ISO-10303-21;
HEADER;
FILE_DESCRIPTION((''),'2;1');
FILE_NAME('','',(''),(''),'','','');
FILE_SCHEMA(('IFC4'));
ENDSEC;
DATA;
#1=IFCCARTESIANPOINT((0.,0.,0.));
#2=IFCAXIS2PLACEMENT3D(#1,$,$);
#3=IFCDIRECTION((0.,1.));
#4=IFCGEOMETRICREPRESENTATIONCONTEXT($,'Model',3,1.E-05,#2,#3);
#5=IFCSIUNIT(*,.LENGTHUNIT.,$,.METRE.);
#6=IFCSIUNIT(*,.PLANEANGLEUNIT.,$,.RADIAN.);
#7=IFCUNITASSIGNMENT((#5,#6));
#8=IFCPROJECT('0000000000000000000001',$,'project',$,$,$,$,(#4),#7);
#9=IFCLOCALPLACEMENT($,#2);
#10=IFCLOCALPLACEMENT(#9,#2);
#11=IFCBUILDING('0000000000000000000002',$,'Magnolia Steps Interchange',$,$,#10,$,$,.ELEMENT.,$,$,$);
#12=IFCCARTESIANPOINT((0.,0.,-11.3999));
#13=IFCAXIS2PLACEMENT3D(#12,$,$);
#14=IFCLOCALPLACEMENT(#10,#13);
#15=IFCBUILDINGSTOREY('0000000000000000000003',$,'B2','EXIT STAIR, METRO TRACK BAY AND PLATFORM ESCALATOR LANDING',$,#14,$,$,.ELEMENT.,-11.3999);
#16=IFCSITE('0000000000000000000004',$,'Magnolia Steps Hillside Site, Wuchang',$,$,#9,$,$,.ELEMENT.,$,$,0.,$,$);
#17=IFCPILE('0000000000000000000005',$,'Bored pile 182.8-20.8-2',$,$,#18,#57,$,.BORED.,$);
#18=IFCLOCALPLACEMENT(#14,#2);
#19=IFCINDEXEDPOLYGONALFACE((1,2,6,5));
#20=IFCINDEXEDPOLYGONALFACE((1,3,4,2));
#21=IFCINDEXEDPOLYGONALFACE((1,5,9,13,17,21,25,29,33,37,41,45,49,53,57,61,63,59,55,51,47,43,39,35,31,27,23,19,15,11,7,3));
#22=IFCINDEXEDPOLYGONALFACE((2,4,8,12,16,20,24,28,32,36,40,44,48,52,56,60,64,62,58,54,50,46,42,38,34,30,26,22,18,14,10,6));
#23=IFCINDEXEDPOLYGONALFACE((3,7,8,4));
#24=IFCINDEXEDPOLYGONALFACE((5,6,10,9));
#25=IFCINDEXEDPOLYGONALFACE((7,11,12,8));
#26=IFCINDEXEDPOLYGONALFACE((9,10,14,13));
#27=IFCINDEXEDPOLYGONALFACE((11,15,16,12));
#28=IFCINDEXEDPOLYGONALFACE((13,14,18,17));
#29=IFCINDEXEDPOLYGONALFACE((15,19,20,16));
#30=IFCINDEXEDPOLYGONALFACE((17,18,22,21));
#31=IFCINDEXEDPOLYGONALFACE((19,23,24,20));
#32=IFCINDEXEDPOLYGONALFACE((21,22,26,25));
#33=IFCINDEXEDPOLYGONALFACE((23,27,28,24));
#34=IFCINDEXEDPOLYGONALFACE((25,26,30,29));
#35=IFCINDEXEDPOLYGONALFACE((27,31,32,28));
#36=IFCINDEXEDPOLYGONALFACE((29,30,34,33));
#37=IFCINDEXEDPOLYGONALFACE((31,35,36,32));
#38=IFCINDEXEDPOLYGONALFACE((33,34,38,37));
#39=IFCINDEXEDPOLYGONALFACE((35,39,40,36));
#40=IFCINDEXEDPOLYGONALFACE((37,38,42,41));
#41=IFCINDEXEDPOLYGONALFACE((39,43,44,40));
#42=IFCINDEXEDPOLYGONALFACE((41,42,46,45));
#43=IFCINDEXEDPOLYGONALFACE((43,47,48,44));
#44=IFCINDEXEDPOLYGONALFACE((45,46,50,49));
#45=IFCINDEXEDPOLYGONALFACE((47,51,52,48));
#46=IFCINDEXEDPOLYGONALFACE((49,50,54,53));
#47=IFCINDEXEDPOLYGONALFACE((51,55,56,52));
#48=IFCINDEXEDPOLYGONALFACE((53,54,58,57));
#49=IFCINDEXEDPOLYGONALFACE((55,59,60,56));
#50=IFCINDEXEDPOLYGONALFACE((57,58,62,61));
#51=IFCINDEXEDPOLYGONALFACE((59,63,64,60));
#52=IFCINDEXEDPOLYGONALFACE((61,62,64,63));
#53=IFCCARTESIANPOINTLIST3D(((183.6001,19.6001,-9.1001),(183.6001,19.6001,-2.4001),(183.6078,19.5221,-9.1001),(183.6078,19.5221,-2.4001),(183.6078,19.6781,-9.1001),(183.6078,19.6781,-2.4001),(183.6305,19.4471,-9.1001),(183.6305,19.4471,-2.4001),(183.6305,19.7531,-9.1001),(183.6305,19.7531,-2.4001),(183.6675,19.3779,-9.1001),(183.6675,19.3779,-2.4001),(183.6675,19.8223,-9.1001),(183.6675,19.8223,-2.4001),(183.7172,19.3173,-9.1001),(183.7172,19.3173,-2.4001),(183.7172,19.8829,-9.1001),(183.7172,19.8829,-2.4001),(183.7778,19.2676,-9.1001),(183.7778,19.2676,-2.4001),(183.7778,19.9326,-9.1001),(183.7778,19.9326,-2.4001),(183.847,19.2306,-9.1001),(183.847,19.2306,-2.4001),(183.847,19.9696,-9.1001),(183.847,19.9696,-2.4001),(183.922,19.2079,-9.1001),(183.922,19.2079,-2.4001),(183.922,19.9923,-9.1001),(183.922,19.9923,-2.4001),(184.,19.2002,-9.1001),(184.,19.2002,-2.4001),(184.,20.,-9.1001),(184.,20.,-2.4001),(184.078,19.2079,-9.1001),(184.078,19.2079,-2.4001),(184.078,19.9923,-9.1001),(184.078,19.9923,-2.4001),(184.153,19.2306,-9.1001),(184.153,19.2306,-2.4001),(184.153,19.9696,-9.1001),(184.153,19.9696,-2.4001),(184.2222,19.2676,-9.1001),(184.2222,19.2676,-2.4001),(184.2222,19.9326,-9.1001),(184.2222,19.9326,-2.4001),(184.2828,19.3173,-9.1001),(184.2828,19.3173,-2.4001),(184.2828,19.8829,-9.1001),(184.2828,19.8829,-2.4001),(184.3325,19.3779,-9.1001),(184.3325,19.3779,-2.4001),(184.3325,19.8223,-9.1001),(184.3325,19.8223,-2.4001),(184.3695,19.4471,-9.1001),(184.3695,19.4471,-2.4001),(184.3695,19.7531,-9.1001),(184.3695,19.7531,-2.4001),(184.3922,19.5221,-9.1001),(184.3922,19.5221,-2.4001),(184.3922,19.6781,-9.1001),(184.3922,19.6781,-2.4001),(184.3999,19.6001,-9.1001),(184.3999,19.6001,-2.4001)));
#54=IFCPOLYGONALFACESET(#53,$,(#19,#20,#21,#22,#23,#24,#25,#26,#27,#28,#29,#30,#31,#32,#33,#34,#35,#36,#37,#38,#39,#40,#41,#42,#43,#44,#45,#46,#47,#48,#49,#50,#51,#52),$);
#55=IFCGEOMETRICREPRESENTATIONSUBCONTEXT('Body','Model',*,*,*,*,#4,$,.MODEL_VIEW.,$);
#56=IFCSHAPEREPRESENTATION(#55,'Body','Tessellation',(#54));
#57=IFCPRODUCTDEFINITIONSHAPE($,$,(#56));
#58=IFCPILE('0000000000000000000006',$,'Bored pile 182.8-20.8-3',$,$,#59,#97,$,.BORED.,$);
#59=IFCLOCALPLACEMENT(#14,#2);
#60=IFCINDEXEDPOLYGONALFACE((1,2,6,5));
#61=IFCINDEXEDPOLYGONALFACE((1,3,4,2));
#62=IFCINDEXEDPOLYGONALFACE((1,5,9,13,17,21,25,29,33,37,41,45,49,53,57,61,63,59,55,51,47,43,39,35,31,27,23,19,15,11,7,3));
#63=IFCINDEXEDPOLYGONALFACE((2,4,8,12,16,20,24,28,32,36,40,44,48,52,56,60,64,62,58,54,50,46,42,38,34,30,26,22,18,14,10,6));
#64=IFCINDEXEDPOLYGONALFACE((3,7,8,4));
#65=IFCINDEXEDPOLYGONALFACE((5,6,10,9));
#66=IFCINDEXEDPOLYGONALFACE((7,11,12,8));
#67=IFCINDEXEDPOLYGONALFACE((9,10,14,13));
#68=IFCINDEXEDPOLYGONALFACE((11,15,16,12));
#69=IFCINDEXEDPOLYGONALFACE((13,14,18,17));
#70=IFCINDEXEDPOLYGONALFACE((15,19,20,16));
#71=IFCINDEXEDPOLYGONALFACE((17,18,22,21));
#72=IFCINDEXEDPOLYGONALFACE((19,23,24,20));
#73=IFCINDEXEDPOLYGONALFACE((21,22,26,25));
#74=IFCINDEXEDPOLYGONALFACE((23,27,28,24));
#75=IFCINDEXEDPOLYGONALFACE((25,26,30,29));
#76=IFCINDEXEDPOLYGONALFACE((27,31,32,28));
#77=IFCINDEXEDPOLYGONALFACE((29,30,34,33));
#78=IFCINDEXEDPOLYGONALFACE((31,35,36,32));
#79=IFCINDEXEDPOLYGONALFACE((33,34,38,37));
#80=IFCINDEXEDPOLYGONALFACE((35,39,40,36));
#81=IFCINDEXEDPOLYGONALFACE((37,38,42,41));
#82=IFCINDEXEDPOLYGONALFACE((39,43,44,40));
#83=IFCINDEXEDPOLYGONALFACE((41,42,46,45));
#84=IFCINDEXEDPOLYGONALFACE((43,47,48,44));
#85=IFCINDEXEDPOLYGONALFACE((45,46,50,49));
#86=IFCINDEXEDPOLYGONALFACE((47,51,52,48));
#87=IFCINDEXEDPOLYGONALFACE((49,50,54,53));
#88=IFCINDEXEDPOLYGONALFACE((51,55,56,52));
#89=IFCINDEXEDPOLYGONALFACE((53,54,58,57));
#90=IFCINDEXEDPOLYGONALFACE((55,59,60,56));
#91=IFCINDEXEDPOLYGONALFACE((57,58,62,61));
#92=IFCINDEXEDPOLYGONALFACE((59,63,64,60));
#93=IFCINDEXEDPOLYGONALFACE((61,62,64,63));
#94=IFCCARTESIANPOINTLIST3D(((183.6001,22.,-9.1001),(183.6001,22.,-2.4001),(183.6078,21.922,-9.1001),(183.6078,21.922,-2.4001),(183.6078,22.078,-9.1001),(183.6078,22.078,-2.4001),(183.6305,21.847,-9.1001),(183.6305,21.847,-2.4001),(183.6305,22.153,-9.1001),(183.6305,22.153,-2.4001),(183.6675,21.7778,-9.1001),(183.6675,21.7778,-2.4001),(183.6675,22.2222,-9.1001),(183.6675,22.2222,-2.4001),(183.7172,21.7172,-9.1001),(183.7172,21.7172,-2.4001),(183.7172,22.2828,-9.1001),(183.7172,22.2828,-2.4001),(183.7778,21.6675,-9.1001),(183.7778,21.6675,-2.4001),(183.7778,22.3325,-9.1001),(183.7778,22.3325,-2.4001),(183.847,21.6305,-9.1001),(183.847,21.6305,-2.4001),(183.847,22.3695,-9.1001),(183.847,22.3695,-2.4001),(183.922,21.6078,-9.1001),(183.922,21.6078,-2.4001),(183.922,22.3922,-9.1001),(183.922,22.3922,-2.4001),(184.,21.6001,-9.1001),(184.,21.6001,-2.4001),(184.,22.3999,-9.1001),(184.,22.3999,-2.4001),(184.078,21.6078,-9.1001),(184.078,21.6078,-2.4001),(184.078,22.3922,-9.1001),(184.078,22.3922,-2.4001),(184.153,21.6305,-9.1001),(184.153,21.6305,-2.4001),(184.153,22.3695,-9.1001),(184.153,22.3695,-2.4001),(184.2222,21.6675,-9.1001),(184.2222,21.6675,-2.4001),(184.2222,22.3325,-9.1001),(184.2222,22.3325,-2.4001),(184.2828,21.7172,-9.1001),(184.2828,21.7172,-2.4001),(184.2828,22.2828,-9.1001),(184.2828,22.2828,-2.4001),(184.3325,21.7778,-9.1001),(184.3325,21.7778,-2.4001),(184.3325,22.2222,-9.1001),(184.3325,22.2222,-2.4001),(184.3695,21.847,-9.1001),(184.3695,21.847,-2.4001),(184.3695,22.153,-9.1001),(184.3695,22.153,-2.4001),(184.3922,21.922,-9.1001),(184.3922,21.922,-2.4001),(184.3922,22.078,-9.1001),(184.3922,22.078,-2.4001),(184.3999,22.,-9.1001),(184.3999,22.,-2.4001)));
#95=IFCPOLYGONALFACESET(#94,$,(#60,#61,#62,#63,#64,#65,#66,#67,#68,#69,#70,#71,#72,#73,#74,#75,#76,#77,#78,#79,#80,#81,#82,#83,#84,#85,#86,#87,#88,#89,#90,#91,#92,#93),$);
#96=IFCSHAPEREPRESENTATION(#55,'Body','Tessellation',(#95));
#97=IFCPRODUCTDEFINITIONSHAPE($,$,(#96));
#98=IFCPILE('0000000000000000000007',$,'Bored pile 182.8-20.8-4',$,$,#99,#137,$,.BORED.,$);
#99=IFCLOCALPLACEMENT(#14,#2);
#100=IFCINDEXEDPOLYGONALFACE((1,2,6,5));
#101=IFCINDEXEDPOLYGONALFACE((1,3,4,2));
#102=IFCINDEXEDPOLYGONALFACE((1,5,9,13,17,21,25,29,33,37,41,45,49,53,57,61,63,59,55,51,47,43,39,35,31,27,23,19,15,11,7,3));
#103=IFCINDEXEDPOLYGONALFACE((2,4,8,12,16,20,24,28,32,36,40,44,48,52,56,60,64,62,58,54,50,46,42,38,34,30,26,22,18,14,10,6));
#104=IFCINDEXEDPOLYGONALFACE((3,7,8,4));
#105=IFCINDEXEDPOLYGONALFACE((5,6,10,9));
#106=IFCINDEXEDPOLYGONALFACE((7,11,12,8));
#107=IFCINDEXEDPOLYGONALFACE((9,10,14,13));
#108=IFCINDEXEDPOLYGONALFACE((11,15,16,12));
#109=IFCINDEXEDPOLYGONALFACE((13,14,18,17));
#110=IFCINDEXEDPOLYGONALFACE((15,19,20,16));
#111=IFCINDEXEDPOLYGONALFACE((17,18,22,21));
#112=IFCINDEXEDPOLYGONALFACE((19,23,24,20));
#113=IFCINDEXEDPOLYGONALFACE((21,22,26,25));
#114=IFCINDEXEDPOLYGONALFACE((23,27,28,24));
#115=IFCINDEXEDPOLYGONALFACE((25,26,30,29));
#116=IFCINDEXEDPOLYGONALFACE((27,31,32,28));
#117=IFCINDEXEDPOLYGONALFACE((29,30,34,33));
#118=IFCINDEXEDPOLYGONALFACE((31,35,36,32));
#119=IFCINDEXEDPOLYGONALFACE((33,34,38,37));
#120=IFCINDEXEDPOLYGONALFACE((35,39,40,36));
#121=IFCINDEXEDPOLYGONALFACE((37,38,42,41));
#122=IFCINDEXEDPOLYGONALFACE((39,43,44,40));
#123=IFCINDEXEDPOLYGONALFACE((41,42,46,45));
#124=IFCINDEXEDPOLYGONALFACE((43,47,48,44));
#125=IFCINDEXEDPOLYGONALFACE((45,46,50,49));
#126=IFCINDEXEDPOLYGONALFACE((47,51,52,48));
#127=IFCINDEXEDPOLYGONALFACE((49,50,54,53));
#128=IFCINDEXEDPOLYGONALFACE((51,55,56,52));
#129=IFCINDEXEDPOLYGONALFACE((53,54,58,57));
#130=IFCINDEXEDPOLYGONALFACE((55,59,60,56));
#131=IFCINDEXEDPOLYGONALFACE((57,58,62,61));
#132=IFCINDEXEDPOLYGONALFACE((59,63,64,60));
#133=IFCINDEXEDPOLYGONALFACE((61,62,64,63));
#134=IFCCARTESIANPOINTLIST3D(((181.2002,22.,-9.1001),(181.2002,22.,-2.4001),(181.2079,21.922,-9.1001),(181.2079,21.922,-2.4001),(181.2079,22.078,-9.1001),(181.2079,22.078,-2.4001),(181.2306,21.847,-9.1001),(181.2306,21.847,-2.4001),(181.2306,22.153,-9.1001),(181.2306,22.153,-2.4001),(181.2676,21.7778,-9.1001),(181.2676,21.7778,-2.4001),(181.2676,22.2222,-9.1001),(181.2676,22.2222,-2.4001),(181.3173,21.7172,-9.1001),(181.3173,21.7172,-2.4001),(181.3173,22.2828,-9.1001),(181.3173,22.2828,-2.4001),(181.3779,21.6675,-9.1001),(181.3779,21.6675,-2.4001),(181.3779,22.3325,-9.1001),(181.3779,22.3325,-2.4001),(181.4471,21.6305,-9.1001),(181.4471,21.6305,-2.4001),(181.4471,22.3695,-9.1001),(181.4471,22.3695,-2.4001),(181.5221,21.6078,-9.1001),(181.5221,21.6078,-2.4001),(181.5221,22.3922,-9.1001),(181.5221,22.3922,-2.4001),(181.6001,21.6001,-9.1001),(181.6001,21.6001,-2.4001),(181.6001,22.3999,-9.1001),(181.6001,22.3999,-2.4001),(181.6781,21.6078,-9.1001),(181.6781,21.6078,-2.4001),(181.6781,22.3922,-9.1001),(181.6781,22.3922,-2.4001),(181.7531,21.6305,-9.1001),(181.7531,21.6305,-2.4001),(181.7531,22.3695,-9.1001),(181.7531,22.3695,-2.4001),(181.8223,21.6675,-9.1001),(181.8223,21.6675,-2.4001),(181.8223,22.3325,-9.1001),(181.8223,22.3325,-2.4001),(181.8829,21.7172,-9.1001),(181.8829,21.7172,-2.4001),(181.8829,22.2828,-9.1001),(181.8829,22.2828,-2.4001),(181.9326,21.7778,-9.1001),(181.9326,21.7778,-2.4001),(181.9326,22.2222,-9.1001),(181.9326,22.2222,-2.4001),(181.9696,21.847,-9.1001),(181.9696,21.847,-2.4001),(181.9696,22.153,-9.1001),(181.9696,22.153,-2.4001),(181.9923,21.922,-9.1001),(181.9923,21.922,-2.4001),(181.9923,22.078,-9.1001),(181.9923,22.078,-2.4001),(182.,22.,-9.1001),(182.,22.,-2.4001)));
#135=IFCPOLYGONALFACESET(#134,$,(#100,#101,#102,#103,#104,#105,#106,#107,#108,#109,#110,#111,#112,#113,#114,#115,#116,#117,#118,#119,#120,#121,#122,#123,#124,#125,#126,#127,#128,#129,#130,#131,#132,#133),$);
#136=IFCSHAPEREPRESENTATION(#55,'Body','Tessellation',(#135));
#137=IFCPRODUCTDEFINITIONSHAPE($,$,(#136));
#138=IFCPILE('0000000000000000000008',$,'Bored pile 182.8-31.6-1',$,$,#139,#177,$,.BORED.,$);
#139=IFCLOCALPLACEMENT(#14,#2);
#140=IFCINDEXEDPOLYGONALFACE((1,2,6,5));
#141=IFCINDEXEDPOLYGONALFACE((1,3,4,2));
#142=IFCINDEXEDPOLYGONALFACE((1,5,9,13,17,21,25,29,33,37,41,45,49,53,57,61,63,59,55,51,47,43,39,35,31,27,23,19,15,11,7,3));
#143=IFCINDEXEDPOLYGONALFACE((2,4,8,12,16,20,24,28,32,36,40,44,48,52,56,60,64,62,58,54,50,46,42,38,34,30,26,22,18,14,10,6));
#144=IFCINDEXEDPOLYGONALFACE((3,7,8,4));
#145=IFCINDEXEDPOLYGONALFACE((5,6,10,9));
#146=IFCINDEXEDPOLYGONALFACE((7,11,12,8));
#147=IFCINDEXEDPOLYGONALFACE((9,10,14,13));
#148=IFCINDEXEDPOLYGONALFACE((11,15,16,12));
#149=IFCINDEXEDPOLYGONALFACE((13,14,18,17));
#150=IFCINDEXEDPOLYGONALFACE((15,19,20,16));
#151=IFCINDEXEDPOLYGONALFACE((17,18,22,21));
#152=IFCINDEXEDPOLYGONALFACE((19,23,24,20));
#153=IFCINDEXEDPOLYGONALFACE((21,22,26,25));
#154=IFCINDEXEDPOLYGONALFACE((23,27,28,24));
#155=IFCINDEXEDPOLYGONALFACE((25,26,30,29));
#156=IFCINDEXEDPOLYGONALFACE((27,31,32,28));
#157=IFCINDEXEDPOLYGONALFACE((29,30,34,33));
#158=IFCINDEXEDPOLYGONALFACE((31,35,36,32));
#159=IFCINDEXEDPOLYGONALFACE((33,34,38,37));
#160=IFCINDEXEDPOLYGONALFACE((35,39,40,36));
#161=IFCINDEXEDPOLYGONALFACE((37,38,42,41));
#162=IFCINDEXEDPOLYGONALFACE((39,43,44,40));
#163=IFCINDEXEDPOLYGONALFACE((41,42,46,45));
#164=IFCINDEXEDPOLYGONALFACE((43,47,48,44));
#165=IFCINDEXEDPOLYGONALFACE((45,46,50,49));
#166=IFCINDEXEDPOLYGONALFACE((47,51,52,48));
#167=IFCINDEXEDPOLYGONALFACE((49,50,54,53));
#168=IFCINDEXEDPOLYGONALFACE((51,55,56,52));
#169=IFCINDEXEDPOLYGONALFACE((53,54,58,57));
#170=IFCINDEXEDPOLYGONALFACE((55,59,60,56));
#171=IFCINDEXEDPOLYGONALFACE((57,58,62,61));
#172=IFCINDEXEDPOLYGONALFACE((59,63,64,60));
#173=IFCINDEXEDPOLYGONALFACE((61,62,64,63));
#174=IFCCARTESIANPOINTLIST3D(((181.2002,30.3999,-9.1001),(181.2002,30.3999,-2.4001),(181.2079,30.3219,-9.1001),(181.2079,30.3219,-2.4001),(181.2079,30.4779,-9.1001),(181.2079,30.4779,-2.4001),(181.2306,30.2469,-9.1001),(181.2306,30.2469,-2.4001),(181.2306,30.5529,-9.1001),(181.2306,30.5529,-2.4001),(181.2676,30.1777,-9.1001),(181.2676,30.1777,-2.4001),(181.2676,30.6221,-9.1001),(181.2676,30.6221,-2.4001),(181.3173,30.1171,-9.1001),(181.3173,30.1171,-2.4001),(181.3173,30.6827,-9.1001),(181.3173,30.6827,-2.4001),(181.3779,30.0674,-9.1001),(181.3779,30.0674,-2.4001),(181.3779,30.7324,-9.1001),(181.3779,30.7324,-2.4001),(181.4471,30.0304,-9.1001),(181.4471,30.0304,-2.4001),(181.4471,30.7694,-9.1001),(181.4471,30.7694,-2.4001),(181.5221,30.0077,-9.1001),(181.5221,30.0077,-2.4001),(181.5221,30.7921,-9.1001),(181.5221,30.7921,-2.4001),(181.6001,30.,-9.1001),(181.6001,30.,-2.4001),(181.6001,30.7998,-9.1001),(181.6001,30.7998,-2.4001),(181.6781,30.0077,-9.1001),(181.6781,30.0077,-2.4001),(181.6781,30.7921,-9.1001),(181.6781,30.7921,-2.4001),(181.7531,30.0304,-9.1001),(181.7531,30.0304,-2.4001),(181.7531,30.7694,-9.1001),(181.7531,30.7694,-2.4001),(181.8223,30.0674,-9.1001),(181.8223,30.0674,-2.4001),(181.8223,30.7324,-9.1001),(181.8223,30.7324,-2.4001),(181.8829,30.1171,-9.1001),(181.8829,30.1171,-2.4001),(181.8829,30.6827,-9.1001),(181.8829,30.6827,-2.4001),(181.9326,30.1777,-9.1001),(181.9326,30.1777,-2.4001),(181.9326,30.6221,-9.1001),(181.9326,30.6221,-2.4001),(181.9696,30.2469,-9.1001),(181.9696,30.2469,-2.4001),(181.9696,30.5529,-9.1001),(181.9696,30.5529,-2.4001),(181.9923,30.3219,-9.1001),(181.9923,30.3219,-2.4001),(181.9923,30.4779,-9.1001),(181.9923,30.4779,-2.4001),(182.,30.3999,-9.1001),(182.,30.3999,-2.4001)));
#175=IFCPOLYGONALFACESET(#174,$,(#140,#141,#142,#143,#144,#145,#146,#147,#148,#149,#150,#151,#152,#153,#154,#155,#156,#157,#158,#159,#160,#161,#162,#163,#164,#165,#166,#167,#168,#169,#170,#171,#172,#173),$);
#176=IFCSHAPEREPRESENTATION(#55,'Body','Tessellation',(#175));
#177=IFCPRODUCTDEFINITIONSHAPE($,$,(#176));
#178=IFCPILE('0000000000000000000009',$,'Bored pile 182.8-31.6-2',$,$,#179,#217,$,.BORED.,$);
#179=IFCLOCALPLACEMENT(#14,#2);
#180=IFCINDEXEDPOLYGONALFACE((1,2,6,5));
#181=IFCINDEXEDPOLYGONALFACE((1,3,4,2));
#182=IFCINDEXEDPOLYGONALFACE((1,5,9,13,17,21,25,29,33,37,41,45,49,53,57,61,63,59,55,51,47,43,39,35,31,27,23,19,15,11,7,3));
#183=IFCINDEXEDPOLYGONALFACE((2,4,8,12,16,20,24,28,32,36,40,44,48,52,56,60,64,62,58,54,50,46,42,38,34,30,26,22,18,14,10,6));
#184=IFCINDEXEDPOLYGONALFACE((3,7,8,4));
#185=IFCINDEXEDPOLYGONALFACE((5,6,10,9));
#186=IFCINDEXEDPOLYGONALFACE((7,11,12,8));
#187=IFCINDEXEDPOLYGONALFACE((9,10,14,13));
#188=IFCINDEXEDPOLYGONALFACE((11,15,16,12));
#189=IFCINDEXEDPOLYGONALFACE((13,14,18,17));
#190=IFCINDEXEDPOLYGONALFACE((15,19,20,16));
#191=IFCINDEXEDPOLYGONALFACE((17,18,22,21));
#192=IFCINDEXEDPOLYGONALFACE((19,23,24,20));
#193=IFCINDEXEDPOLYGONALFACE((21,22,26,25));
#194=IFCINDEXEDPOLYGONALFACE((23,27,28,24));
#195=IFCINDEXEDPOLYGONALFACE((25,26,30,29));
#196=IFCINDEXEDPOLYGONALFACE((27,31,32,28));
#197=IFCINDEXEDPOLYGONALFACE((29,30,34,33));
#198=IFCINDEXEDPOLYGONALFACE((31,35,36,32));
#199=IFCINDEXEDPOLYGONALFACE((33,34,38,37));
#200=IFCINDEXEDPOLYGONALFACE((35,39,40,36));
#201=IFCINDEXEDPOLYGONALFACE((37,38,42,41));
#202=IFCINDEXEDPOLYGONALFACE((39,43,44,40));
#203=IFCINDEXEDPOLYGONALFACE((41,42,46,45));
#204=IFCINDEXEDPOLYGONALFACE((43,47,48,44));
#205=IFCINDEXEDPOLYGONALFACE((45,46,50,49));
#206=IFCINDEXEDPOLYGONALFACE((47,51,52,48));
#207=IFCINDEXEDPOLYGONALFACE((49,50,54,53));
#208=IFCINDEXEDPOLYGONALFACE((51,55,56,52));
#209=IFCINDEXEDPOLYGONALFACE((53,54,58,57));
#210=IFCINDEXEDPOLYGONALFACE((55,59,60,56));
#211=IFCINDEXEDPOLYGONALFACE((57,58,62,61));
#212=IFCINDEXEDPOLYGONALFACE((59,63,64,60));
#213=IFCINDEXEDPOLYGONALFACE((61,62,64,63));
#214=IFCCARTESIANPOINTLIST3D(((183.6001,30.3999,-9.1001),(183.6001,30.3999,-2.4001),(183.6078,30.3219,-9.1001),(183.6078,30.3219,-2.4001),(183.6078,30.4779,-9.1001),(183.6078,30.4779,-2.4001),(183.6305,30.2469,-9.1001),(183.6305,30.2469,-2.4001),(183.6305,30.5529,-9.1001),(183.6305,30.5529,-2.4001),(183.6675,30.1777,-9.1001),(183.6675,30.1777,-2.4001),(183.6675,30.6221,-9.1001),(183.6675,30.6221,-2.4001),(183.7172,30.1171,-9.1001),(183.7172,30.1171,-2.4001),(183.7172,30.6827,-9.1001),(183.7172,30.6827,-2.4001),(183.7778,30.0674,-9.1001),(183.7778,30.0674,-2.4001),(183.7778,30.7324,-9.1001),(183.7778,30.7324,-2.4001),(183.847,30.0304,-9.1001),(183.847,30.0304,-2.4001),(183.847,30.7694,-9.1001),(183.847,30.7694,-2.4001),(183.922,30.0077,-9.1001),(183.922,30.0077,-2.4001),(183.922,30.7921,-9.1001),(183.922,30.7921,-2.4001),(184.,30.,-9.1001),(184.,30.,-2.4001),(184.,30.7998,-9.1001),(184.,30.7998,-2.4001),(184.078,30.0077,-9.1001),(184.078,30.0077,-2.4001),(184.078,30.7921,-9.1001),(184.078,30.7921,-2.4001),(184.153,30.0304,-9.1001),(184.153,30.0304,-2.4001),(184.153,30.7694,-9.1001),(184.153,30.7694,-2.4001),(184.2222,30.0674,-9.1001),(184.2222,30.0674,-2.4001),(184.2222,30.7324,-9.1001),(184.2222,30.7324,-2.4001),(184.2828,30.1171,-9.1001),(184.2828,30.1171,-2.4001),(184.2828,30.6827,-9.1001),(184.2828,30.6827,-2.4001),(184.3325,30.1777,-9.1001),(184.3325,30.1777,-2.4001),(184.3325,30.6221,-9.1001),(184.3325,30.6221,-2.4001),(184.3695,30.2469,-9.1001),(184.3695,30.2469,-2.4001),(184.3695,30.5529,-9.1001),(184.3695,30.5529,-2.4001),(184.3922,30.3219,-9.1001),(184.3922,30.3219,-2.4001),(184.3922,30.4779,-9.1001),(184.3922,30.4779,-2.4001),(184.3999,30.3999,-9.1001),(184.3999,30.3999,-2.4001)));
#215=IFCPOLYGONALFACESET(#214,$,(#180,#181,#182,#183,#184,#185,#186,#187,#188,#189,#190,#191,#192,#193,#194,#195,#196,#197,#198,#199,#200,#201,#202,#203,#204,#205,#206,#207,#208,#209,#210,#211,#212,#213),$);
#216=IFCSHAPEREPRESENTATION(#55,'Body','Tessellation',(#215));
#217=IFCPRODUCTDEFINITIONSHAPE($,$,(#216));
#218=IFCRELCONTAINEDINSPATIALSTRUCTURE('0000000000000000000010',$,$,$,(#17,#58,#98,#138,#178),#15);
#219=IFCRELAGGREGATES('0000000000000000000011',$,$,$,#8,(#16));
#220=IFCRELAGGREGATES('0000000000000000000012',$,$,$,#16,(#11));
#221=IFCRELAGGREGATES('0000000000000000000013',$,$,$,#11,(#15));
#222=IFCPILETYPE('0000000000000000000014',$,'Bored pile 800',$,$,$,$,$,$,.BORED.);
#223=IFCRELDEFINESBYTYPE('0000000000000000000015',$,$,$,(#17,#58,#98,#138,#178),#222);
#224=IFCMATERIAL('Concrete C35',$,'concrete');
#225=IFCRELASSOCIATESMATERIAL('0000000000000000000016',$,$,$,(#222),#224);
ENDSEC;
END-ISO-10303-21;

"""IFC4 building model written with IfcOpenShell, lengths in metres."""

from ifc_helpers import new_model, si_unit, direction, frame, origin, origin_2d, place, context, subcontext, project, spatial, circle, extrude, material, material_profile, profile_set, type_object, element, save


model = new_model("IFC4")

# Units and contexts
model_context = context("Model", 3, precision=1e-05, world=origin(), true_north=direction((0.0, 1.0)))
body_context = subcontext(model_context, "Body", "Model", "MODEL_VIEW")
ifc_project = project(units=[si_unit("LENGTHUNIT", "METRE"), si_unit("PLANEANGLEUNIT", "RADIAN")], contexts=[model_context])

# Site, building, storey
site_placement = place(None, origin())
site = spatial("IfcSite", under=ifc_project, at=site_placement, Name="Magnolia Steps Hillside Site, Wuchang", CompositionType="ELEMENT", RefElevation=0.0)
building_placement = place(site_placement, origin())
building = spatial("IfcBuilding", under=site, at=building_placement, Name="Magnolia Steps Interchange", CompositionType="ELEMENT")
storey_placement = place(building_placement, frame((0.0, 0.0, -11.3999)))
storey = spatial("IfcBuildingStorey", under=building, at=storey_placement, Name="B2", Description="EXIT STAIR, METRO TRACK BAY AND PLATFORM ESCALATOR LANDING", CompositionType="ELEMENT", Elevation=-11.3999)

# Piles
ifc_material_1 = material(Name="Concrete C35", Category="concrete")
ifc_material_profile_1 = material_profile(ifc_material_1, circle(Radius=0.3999, at=origin_2d()), Name="Bored pile 800")
ifc_profile_set_1 = profile_set([ifc_material_profile_1], Name="Concrete C35")
pile_type = type_object("IfcPileType", Name="Bored pile 800", PredefinedType="BORED", material=ifc_profile_set_1)
for number, where, z_axis, x_axis, name in (
    (1, (184.0, 19.6001, -2.4001), (0.0, 0.0, -1.0), (1.0, 0.0, 0.0), "Bored pile 182.8-20.8-2"),
    (2, (184.0, 22.0, -2.4001), (0.0, 0.0, -1.0), (1.0, 0.0, 0.0), "Bored pile 182.8-20.8-3"),
    (3, (181.6001, 22.0, -2.4001), (0.0, 0.0, -1.0), (1.0, 0.0, 0.0), "Bored pile 182.8-20.8-4"),
    (4, (181.6001, 30.3999, -2.4001), (0.0, 0.0, -1.0), (1.0, 0.0, 0.0), "Bored pile 182.8-31.6-1"),
    (5, (184.0, 30.3999, -2.4001), (0.0, 0.0, -1.0), (1.0, 0.0, 0.0), "Bored pile 182.8-31.6-2"),
):
    element("IfcPile", number, at=place(storey_placement, frame(where, z_axis=z_axis, x_axis=x_axis)), inside=storey, type_object=pile_type, Name=name, PredefinedType="BORED", context=body_context, shape_type="SweptSolid", body=[
        extrude(circle(Radius=0.3999, at=origin_2d()), origin(), (0.0, 0.0, 1.0), 6.7),
    ])

save(model, "model.ifc")
